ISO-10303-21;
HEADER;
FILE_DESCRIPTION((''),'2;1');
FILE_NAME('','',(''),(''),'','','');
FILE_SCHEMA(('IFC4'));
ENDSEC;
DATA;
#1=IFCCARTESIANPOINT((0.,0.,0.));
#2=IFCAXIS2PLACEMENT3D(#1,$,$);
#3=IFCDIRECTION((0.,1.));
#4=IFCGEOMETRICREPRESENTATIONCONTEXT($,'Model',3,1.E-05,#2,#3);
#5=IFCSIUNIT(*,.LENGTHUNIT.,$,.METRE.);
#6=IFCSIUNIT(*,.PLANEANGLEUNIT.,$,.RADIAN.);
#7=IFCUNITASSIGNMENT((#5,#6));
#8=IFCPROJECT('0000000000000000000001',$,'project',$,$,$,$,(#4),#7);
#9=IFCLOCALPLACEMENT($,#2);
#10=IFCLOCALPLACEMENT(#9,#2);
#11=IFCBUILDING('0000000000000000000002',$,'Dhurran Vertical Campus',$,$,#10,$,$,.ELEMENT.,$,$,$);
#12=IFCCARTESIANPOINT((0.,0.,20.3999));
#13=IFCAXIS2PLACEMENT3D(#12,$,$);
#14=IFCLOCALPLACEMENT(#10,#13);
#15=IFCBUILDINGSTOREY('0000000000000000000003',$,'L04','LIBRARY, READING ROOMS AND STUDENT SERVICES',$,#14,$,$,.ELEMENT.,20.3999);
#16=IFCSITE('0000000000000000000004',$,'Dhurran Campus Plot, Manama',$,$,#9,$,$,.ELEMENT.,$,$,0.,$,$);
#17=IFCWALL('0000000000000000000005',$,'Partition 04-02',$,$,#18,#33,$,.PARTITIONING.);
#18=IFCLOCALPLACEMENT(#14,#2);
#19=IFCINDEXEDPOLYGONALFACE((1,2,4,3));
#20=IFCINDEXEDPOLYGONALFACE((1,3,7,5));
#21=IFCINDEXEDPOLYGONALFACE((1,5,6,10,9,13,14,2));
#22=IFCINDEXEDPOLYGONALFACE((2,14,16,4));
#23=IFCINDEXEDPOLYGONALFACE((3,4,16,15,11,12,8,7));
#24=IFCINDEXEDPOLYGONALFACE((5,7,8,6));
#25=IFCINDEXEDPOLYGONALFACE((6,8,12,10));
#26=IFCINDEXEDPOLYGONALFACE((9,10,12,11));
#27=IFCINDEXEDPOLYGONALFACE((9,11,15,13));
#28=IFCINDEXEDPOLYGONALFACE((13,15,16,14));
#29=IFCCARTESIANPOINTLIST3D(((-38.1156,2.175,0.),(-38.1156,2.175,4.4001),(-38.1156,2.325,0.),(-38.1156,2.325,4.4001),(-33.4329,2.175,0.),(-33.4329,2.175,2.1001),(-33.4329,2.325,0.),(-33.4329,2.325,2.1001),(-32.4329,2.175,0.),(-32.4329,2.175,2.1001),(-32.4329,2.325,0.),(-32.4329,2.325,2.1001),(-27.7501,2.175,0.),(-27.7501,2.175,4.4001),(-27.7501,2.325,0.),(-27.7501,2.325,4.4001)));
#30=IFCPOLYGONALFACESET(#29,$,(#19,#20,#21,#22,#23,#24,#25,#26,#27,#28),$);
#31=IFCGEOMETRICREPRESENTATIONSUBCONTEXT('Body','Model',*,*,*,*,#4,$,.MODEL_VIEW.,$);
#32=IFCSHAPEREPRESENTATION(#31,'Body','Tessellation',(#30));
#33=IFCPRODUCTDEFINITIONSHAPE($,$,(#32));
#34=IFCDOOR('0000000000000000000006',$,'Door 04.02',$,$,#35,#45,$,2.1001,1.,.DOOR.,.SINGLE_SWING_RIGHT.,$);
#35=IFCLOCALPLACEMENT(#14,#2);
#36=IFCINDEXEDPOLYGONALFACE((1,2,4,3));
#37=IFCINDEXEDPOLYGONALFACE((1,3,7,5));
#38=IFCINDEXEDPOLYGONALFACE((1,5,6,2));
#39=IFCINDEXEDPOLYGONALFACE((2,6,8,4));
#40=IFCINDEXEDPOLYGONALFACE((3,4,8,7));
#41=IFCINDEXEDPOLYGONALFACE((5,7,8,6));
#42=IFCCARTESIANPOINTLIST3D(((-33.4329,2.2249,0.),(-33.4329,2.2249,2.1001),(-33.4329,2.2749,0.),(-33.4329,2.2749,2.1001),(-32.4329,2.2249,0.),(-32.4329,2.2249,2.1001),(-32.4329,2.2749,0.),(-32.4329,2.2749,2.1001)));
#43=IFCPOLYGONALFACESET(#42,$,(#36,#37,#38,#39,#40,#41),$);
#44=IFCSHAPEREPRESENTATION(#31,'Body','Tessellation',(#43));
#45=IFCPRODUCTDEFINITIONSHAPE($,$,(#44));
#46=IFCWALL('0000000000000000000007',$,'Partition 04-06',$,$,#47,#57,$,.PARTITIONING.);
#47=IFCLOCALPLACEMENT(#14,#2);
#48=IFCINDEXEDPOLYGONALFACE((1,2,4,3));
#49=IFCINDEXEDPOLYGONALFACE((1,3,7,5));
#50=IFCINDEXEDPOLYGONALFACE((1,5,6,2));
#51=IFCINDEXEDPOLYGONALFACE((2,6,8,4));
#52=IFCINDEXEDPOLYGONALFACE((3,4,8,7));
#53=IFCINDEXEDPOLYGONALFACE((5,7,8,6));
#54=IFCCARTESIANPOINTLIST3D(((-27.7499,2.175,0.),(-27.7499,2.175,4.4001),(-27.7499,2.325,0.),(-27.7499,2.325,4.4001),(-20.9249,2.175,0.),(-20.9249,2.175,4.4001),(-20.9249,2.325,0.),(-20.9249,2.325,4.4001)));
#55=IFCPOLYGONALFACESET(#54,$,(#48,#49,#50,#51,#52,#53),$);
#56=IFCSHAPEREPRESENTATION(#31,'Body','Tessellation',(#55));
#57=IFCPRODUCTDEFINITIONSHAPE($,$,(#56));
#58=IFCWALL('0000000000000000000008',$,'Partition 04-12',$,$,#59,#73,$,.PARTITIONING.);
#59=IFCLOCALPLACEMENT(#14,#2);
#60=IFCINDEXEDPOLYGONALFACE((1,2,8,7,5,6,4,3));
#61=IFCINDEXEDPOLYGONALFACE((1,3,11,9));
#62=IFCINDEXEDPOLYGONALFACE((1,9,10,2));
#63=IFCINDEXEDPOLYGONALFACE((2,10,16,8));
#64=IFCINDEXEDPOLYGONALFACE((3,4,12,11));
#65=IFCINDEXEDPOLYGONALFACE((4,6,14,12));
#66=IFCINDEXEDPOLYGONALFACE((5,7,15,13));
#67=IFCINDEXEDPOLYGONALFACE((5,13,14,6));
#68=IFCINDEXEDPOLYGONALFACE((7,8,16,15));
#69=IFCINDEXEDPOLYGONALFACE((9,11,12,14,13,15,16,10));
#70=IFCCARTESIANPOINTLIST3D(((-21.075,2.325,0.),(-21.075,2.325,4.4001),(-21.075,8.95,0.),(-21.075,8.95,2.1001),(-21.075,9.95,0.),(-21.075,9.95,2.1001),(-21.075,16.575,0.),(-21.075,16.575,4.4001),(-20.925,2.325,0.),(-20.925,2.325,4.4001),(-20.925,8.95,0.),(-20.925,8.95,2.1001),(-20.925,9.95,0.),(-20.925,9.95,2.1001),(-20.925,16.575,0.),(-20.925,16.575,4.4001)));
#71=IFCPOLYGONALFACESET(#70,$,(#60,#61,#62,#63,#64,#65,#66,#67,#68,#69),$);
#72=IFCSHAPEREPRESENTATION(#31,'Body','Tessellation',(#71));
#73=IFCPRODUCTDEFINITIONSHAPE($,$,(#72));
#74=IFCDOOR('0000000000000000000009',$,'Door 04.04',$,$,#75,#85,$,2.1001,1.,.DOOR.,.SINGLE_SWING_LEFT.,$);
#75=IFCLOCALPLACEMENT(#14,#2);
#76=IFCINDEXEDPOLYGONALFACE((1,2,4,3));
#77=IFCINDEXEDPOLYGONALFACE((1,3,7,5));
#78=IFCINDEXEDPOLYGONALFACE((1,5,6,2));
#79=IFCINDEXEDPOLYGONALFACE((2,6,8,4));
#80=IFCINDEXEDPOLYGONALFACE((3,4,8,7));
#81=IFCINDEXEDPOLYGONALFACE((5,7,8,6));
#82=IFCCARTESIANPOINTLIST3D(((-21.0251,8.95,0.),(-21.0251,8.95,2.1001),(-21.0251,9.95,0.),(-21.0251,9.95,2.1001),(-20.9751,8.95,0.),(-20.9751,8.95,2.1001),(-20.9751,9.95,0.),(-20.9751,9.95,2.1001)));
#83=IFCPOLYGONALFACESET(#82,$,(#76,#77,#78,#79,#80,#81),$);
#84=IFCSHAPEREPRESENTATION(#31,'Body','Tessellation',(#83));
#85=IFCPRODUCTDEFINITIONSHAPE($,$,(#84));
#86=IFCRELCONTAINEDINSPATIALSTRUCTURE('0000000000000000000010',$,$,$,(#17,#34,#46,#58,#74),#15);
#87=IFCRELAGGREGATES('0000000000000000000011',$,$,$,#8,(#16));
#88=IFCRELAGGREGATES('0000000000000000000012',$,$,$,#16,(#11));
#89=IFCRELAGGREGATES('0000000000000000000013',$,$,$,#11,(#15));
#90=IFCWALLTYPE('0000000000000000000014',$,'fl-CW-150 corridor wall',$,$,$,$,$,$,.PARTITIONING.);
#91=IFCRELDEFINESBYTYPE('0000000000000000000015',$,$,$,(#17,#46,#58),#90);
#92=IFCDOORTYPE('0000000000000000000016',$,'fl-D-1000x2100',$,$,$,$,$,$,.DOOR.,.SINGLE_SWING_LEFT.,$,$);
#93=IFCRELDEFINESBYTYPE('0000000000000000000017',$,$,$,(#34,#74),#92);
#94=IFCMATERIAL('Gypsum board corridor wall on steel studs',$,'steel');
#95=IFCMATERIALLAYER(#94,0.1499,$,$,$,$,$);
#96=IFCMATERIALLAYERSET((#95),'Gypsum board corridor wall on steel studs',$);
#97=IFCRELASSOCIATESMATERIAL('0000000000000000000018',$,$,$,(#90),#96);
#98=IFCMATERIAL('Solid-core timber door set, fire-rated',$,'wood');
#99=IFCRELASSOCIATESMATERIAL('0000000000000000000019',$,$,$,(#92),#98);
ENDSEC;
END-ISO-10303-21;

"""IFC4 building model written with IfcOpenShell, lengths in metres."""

from ifc_helpers import new_model, si_unit, direction, frame, frame_2d, origin, place, context, subcontext, project, spatial, rectangle, extrude, material, layer, layer_set, type_object, element, fill, save


model = new_model("IFC4")

# Units and contexts
model_context = context("Model", 3, precision=1e-05, world=origin(), true_north=direction((0.0, 1.0)))
body_context = subcontext(model_context, "Body", "Model", "MODEL_VIEW")
ifc_project = project(units=[si_unit("LENGTHUNIT", "METRE"), si_unit("PLANEANGLEUNIT", "RADIAN")], contexts=[model_context])

# Site, building, storey
site_placement = place(None, origin())
site = spatial("IfcSite", under=ifc_project, at=site_placement, Name="Dhurran Campus Plot, Manama", CompositionType="ELEMENT", RefElevation=0.0)
building_placement = place(site_placement, origin())
building = spatial("IfcBuilding", under=site, at=building_placement, Name="Dhurran Vertical Campus", CompositionType="ELEMENT")
storey_placement = place(building_placement, frame((0.0, 0.0, 20.3999)))
storey = spatial("IfcBuildingStorey", under=building, at=storey_placement, Name="L04", Description="LIBRARY, READING ROOMS AND STUDENT SERVICES", CompositionType="ELEMENT", Elevation=20.3999)

# Wall, opening, door
ifc_material_1 = material(Name="Gypsum board corridor wall on steel studs", Category="steel")
ifc_layer_1 = layer(ifc_material_1, 0.1499)
ifc_layer_set_1 = layer_set([ifc_layer_1], Name="Gypsum board corridor wall on steel studs")
wall_type_1 = type_object("IfcWallType", Name="fl-CW-150 corridor wall", PredefinedType="PARTITIONING", material=ifc_layer_set_1)
wall_1_placement = place(storey_placement, frame((-38.1155, 2.25, 0.0), z_axis=(0.0, 0.0, 1.0), x_axis=(1.0, 0.0, 0.0)))
wall_1 = element("IfcWall", 1, at=wall_1_placement, inside=storey, type_object=wall_type_1, Name="Partition 04-02", PredefinedType="PARTITIONING", context=body_context, shape_type="SweptSolid", body=[
    extrude(rectangle(XDim=10.3655, YDim=0.1499, at=frame_2d((5.1826, 0.0))), origin(), (0.0, 0.0, 1.0), 4.4001),
])
opening_1_placement = place(wall_1_placement, frame((4.6826, 0.0, 0.0)))
opening_1 = element("IfcOpeningElement", 2, at=opening_1_placement, cuts=wall_1, PredefinedType="OPENING", context=body_context, shape_type="SweptSolid", body=[
    extrude(rectangle(XDim=1.0, YDim=2.1001, at=frame_2d((0.5, 1.05))), frame((0.0, 0.085, 0.0), z_axis=(0.0, -1.0, 0.0), x_axis=(1.0, 0.0, 0.0)), (0.0, 0.0, 1.0), 0.1699),
])
ifc_material_2 = material(Name="Solid-core timber door set, fire-rated", Category="wood")
door_type_1 = type_object("IfcDoorType", Name="fl-D-1000x2100", OperationType="SINGLE_SWING_LEFT", PredefinedType="DOOR", material=ifc_material_2)
door_1_placement = place(opening_1_placement, origin())
door_1 = element("IfcDoor", 3, at=door_1_placement, inside=storey, type_object=door_type_1, Name="Door 04.02", OperationType="SINGLE_SWING_RIGHT", OverallHeight=2.1001, OverallWidth=1.0, PredefinedType="DOOR", context=body_context, shape_type="SweptSolid", body=[
    extrude(rectangle(XDim=1.0, YDim=2.1001, at=frame_2d((0.5, 1.05))), frame((0.0, 0.0249, 0.0), z_axis=(0.0, -1.0, 0.0), x_axis=(1.0, 0.0, 0.0)), (0.0, 0.0, 1.0), 0.05),
])
fill(opening_1, door_1)

# Wall
wall_2_placement = place(storey_placement, frame((-27.75, 2.25, 0.0), z_axis=(0.0, 0.0, 1.0), x_axis=(1.0, 0.0, 0.0)))
element("IfcWall", 4, at=wall_2_placement, inside=storey, type_object=wall_type_1, Name="Partition 04-06", PredefinedType="PARTITIONING", context=body_context, shape_type="SweptSolid", body=[
    extrude(rectangle(XDim=6.825, YDim=0.1499, at=frame_2d((3.4126, 0.0))), origin(), (0.0, 0.0, 1.0), 4.4001),
])

# Wall, opening, door
wall_3_placement = place(storey_placement, frame((-21.0, 16.575, 0.0), z_axis=(0.0, 0.0, 1.0), x_axis=(0.0, -1.0, 0.0)))
wall_3 = element("IfcWall", 5, at=wall_3_placement, inside=storey, type_object=wall_type_1, Name="Partition 04-12", PredefinedType="PARTITIONING", context=body_context, shape_type="SweptSolid", body=[
    extrude(rectangle(XDim=14.25, YDim=0.1499, at=frame_2d((7.125, 0.0))), origin(), (0.0, 0.0, 1.0), 4.4001),
])
opening_2_placement = place(wall_3_placement, frame((6.625, 0.0, 0.0)))
opening_2 = element("IfcOpeningElement", 6, at=opening_2_placement, cuts=wall_3, PredefinedType="OPENING", context=body_context, shape_type="SweptSolid", body=[
    extrude(rectangle(XDim=1.0, YDim=2.1001, at=frame_2d((0.5, 1.05))), frame((0.0, 0.085, 0.0), z_axis=(0.0, -1.0, 0.0), x_axis=(1.0, 0.0, 0.0)), (0.0, 0.0, 1.0), 0.1699),
])
door_2_placement = place(opening_2_placement, origin())
door_2 = element("IfcDoor", 7, at=door_2_placement, inside=storey, type_object=door_type_1, Name="Door 04.04", OperationType="SINGLE_SWING_LEFT", OverallHeight=2.1001, OverallWidth=1.0, PredefinedType="DOOR", context=body_context, shape_type="SweptSolid", body=[
    extrude(rectangle(XDim=1.0, YDim=2.1001, at=frame_2d((0.5, 1.05))), frame((0.0, 0.0249, 0.0), z_axis=(0.0, -1.0, 0.0), x_axis=(1.0, 0.0, 0.0)), (0.0, 0.0, 1.0), 0.05),
])
fill(opening_2, door_2)

save(model, "model.ifc")
